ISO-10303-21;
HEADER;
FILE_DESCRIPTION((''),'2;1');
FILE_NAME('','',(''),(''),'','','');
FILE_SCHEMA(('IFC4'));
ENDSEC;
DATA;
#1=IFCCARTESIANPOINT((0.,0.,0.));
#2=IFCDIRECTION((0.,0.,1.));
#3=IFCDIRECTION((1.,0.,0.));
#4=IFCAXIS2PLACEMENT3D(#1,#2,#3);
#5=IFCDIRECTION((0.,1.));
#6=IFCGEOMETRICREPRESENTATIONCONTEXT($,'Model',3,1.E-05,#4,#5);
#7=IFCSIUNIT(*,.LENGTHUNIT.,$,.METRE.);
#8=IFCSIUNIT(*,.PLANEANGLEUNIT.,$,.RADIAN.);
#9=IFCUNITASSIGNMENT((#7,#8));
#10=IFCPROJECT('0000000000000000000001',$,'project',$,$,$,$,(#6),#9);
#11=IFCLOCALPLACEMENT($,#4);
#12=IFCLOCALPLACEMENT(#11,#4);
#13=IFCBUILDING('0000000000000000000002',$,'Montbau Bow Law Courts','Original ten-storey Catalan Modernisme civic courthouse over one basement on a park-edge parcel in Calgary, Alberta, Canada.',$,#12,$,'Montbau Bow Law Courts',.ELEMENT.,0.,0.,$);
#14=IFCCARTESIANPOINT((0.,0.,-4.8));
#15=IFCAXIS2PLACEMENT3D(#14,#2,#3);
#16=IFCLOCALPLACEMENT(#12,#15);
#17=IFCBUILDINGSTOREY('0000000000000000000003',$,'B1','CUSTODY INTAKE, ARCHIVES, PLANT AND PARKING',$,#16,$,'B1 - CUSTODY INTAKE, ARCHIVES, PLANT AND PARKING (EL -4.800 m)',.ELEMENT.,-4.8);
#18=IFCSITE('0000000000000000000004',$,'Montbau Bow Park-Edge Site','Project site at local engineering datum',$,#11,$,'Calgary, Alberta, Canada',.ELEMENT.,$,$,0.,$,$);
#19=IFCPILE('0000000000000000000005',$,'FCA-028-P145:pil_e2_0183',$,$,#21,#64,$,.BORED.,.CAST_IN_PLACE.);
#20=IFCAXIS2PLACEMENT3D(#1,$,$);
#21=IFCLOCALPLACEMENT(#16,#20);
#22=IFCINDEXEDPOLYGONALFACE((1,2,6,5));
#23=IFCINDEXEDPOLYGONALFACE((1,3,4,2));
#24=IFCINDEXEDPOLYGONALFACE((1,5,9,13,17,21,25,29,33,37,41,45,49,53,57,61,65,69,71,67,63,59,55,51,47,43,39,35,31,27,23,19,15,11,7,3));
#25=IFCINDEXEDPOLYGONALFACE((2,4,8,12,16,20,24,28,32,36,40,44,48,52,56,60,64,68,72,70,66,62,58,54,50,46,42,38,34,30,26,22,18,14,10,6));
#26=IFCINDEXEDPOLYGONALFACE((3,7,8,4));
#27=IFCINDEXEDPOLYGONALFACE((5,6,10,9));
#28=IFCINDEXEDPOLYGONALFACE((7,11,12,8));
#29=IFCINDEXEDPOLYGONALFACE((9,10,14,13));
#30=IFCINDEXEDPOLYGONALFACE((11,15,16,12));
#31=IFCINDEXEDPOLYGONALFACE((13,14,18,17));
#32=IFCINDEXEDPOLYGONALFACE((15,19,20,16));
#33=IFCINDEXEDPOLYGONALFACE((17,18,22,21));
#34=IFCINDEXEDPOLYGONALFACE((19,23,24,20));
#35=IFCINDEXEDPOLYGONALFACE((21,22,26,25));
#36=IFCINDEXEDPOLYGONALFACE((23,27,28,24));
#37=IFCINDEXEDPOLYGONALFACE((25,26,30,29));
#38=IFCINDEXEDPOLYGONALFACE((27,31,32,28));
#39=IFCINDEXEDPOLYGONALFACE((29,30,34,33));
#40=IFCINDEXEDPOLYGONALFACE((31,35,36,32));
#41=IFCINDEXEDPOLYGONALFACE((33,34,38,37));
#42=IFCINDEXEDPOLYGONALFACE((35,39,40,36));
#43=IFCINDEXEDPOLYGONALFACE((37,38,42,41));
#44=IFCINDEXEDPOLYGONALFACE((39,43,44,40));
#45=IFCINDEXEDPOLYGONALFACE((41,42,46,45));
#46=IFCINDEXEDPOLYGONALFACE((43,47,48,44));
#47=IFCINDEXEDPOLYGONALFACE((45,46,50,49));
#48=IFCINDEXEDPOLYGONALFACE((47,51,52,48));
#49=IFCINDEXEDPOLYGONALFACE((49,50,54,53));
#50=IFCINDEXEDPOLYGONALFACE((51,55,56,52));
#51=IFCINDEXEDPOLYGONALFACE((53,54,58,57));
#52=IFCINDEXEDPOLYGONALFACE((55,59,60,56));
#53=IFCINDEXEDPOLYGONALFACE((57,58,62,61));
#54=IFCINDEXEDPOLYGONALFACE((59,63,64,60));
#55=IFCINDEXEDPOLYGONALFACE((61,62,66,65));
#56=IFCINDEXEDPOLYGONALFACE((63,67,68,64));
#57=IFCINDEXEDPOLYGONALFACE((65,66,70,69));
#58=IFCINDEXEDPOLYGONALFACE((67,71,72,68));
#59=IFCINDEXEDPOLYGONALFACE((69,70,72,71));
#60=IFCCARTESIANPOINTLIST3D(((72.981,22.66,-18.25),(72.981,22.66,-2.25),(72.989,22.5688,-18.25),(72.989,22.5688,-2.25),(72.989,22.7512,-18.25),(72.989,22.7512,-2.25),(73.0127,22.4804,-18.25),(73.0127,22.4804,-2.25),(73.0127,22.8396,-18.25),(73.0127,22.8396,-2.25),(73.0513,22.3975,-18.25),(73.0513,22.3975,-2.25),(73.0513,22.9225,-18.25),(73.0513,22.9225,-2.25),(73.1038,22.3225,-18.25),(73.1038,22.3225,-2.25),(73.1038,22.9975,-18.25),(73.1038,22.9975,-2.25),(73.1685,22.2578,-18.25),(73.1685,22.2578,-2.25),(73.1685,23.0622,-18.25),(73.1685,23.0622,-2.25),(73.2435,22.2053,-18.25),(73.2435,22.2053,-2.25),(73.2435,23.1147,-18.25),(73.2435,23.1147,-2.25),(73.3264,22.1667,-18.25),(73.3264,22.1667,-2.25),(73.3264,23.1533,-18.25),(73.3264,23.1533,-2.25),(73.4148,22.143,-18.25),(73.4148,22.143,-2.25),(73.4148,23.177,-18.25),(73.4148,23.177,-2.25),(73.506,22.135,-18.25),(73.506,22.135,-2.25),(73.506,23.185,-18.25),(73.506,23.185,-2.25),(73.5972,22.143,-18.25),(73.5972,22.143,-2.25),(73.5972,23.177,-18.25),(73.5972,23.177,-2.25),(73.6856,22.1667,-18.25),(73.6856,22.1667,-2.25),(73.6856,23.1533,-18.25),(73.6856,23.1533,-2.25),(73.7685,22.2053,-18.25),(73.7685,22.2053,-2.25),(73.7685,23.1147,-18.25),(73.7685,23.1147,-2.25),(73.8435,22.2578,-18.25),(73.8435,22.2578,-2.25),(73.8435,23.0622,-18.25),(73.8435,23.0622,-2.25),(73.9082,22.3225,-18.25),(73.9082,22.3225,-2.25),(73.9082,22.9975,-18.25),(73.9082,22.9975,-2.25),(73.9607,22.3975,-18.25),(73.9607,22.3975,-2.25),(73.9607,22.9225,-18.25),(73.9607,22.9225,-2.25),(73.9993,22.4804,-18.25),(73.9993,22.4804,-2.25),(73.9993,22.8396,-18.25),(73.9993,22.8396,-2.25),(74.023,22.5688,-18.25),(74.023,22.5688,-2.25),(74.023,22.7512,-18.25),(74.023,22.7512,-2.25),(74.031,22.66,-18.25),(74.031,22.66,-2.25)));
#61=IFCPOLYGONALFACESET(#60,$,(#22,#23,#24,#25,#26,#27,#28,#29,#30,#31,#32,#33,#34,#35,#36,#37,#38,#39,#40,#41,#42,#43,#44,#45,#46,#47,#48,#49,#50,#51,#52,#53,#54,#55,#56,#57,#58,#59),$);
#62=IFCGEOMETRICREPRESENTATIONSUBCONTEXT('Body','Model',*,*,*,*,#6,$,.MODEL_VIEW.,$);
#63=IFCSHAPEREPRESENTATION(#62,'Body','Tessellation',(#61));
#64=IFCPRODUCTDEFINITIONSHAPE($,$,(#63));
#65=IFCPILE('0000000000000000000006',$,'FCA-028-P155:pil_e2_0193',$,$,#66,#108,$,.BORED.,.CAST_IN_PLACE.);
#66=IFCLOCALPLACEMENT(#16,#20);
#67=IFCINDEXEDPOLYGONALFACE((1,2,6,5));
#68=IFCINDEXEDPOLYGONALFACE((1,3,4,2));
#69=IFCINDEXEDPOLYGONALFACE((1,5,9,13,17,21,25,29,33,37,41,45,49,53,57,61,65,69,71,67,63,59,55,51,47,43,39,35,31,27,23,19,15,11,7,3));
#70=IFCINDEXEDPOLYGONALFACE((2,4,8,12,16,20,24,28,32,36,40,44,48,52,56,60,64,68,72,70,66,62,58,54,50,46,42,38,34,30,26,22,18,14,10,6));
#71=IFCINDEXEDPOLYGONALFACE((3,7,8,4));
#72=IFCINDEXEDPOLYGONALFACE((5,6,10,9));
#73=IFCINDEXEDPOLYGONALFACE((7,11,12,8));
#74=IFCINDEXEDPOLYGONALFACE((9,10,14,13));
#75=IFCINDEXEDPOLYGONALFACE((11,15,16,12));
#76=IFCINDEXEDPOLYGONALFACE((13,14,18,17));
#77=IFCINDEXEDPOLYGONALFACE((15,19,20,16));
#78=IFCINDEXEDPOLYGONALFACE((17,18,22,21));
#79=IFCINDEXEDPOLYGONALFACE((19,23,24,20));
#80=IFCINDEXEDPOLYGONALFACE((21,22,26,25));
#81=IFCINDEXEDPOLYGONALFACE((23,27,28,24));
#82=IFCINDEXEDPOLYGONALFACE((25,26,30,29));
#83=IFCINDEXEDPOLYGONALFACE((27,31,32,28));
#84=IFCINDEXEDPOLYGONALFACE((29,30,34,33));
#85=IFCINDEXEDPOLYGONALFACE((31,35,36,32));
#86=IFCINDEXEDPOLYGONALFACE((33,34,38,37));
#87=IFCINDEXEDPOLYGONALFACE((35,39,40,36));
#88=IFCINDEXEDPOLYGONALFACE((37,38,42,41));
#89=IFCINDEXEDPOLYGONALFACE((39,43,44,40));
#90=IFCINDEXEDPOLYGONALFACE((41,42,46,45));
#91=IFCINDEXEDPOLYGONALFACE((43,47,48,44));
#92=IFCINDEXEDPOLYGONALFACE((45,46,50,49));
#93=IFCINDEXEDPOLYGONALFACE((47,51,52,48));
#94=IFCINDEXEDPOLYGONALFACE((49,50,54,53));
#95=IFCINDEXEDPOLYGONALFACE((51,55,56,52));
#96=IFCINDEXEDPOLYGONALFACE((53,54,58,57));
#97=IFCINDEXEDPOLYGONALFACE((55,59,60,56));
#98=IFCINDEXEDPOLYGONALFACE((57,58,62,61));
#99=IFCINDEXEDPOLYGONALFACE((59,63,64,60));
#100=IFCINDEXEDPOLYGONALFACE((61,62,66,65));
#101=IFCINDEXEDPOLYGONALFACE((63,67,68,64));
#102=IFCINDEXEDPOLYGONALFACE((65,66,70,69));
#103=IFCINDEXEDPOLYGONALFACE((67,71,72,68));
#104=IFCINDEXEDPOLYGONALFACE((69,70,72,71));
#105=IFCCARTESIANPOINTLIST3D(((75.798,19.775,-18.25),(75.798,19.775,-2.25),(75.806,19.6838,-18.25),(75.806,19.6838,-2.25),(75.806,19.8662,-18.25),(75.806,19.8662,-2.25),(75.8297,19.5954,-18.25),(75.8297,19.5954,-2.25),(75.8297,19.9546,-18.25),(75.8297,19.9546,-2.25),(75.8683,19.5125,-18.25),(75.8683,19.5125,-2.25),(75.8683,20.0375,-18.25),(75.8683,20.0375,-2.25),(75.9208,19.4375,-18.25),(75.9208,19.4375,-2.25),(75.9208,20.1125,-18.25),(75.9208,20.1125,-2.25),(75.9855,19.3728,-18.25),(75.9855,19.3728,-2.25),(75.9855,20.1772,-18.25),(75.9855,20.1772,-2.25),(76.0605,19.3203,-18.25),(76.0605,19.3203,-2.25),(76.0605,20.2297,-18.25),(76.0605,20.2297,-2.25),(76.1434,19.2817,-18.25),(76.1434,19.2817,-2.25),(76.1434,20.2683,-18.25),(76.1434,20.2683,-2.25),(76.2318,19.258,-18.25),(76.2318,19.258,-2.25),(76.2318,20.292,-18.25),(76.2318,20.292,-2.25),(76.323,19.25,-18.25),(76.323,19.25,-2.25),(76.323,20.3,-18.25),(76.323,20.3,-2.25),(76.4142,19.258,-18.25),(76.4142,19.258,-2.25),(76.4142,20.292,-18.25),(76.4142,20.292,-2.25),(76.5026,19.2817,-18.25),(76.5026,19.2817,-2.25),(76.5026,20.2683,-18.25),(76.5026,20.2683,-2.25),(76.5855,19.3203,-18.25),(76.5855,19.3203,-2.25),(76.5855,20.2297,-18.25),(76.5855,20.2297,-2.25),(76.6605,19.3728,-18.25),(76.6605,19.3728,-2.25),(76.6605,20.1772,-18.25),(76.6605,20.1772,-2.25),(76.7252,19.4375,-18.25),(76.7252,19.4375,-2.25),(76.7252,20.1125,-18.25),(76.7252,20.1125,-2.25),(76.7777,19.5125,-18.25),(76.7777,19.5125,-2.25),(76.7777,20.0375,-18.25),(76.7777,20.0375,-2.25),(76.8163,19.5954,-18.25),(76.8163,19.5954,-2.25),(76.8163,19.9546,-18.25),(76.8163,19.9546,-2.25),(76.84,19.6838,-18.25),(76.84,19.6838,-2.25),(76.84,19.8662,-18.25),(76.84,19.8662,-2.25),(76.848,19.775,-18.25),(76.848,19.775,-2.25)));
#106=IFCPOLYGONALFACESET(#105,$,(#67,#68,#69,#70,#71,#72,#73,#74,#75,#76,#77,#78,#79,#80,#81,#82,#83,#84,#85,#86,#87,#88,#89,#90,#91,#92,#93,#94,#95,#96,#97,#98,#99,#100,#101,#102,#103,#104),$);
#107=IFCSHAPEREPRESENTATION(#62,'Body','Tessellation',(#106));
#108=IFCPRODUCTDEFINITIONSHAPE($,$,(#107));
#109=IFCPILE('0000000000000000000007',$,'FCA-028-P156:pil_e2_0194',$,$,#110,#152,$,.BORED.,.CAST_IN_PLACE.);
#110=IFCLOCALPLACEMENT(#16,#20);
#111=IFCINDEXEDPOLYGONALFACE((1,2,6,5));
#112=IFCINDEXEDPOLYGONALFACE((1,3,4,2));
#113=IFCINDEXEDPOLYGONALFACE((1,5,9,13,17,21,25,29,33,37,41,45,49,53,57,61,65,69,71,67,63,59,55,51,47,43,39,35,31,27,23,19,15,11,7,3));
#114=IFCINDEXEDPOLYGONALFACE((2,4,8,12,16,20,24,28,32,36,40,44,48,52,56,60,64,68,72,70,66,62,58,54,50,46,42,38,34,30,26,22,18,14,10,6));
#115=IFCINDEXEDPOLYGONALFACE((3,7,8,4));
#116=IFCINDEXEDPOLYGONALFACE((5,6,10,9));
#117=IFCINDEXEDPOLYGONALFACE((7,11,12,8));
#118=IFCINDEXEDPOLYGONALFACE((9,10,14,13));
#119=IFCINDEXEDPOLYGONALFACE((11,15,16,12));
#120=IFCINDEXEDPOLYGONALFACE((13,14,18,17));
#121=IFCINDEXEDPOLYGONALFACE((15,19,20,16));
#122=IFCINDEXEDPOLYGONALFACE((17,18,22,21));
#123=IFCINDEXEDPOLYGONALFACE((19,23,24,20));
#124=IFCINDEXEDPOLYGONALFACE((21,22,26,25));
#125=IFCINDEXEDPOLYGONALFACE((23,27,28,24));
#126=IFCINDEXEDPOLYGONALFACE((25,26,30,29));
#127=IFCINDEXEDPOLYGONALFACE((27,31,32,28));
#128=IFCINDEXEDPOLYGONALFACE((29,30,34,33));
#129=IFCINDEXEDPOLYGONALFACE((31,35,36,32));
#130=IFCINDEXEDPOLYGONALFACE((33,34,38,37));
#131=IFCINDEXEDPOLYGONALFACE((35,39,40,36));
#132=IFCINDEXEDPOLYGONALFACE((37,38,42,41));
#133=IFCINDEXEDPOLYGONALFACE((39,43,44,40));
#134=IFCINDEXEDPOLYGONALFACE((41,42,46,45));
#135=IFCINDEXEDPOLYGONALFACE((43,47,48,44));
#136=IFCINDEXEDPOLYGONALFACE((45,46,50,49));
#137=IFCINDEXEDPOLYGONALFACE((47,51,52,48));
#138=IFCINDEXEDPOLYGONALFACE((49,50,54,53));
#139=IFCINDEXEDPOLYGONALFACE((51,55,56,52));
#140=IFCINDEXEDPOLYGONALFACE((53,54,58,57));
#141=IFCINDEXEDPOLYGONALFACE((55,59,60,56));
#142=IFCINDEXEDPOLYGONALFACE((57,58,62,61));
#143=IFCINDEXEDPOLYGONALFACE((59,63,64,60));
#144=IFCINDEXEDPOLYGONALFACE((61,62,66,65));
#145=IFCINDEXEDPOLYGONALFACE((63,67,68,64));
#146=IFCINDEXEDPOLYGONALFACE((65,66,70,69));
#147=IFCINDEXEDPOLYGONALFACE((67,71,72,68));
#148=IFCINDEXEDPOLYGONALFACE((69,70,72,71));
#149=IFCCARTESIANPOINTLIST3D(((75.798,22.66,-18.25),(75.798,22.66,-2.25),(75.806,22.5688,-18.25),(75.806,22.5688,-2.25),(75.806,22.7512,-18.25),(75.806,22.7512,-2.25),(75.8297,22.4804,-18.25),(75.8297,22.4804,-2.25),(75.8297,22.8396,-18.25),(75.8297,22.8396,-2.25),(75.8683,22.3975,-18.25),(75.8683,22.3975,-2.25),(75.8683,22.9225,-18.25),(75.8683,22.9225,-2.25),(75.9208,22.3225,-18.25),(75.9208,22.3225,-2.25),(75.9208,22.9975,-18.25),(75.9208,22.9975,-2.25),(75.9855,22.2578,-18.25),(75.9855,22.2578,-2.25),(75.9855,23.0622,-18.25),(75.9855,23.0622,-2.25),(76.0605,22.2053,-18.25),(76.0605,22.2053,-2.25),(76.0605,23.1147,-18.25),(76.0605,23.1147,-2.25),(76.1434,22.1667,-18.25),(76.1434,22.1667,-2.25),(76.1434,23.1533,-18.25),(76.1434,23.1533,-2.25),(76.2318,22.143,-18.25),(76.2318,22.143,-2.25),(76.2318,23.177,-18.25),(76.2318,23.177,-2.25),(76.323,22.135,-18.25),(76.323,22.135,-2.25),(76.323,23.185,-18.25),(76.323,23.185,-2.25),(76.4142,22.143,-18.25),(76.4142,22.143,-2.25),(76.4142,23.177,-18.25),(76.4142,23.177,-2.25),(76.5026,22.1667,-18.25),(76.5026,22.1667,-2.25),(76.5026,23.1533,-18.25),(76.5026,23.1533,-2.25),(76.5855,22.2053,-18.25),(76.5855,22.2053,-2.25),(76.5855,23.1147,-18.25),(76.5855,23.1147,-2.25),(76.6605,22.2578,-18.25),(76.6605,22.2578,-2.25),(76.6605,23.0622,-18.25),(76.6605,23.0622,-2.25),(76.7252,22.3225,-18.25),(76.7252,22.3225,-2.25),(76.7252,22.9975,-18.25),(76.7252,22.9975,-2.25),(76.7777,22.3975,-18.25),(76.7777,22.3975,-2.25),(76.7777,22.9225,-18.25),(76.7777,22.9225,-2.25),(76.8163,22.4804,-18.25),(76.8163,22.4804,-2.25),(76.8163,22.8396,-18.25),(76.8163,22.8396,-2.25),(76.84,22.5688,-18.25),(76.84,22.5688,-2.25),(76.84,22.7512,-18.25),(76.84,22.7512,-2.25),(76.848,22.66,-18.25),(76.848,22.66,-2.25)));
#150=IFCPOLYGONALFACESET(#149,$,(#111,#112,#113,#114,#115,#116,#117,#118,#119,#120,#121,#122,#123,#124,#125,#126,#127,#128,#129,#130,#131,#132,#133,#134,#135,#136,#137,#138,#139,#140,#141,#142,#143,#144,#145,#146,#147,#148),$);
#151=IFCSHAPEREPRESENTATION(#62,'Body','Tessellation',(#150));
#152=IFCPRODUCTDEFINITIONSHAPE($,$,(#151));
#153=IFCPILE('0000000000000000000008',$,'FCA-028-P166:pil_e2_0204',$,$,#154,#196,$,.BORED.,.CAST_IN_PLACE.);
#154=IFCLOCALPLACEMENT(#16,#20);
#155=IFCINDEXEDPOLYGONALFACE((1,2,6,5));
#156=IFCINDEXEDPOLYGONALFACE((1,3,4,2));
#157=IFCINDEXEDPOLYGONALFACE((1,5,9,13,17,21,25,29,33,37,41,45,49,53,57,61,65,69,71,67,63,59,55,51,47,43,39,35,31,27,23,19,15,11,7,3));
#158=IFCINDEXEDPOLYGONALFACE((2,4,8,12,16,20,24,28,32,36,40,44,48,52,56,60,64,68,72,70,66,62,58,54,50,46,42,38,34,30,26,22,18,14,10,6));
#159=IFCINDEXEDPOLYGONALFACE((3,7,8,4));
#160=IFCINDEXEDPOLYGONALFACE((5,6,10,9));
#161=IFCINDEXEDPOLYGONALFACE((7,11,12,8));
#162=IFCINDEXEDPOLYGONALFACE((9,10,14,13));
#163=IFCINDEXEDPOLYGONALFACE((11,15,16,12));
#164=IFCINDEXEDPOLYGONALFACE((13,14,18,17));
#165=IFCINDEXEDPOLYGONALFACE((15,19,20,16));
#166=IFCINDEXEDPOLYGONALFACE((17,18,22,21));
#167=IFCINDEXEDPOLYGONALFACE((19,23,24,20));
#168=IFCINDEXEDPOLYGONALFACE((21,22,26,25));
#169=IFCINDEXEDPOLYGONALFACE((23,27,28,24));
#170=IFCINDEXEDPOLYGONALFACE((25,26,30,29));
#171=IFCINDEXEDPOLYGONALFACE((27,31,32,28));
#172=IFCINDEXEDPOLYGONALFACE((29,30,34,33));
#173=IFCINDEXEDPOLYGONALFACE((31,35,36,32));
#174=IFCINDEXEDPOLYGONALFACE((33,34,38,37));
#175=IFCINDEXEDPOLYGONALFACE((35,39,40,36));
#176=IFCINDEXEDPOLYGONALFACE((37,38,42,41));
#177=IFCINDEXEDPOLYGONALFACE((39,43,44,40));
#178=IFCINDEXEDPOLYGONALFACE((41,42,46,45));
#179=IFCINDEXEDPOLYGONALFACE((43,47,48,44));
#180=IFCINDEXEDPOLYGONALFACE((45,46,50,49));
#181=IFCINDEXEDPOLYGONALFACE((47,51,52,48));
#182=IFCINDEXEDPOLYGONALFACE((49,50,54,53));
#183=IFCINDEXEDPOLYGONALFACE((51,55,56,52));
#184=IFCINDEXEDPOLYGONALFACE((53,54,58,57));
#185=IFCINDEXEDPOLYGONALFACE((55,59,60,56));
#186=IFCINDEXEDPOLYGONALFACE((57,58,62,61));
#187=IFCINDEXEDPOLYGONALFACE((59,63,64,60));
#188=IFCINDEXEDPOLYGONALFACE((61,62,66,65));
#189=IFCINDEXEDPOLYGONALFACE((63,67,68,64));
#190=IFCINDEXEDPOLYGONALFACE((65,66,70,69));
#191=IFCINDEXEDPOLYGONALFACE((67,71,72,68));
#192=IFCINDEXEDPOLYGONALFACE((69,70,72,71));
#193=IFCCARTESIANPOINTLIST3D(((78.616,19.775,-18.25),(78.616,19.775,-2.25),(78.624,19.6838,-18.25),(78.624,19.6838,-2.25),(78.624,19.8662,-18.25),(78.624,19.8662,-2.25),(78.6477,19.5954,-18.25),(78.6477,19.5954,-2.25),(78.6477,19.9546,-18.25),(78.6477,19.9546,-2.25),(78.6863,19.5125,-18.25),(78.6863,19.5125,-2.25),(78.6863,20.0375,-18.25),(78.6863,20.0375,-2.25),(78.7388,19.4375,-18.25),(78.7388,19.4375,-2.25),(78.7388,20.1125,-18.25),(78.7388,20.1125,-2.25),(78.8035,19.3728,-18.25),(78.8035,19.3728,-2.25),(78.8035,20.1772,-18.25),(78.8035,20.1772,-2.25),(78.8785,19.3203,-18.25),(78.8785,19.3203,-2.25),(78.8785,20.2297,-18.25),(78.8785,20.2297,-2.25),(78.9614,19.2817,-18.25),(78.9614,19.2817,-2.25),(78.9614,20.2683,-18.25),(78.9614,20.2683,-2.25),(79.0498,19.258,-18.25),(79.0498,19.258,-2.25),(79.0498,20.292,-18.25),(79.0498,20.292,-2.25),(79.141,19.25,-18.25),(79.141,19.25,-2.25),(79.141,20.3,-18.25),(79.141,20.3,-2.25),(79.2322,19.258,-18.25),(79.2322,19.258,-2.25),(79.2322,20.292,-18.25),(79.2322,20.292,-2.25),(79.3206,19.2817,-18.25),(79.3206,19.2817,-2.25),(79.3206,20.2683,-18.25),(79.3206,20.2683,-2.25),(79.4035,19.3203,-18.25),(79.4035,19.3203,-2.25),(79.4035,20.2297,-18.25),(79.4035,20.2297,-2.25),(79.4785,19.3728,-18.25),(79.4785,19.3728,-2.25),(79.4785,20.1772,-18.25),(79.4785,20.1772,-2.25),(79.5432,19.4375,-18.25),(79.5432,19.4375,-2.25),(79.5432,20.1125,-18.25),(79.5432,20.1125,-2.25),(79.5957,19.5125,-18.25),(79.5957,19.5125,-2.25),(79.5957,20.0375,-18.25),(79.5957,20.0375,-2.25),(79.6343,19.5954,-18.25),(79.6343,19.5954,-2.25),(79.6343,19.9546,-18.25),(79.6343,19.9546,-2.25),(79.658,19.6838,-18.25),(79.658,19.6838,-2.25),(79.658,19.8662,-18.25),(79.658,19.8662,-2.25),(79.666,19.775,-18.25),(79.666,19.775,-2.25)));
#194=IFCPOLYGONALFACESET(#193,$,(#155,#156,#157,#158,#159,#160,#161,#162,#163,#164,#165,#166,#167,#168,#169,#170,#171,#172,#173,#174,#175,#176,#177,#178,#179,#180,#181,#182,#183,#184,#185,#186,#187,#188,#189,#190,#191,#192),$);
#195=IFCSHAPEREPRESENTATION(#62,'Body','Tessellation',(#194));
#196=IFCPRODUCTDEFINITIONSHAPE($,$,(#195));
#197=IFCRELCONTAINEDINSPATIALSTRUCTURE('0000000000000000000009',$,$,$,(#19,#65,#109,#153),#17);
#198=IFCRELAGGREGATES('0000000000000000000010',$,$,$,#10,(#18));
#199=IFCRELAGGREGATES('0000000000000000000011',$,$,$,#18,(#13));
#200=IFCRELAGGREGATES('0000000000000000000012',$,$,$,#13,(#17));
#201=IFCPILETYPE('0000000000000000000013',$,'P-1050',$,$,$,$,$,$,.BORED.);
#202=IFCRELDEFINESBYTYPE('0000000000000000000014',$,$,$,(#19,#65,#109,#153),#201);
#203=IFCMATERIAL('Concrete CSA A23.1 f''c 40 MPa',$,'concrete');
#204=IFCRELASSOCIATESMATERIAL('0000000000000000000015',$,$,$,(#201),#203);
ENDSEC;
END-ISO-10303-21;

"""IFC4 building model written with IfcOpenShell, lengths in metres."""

from ifc_helpers import new_model, si_unit, direction, frame, origin_with_axes, origin_2d_with_axis, place, context, subcontext, project, spatial, circle, extrude, material, material_profile, profile_set, type_object, element, save


model = new_model("IFC4")

# Units and contexts
model_context = context("Model", 3, precision=1e-05, world=origin_with_axes(), true_north=direction((0.0, 1.0)))
body_context = subcontext(model_context, "Body", "Model", "MODEL_VIEW")
ifc_project = project(units=[si_unit("LENGTHUNIT", "METRE"), si_unit("PLANEANGLEUNIT", "RADIAN")], contexts=[model_context])

# Site, building, storey
site_placement = place(None, origin_with_axes())
site = spatial("IfcSite", under=ifc_project, at=site_placement, Name="Montbau Bow Park-Edge Site", Description="Project site at local engineering datum", LongName="Calgary, Alberta, Canada", CompositionType="ELEMENT", RefElevation=0.0)
building_placement = place(site_placement, origin_with_axes())
building = spatial("IfcBuilding", under=site, at=building_placement, Name="Montbau Bow Law Courts", Description="Original ten-storey Catalan Modernisme civic courthouse over one basement on a park-edge parcel in Calgary, Alberta, Canada.", LongName="Montbau Bow Law Courts", CompositionType="ELEMENT", ElevationOfRefHeight=0.0, ElevationOfTerrain=0.0)
storey_placement = place(building_placement, frame((0.0, 0.0, -4.8), z_axis=(0.0, 0.0, 1.0), x_axis=(1.0, 0.0, 0.0)))
storey = spatial("IfcBuildingStorey", under=building, at=storey_placement, Name="B1", Description="CUSTODY INTAKE, ARCHIVES, PLANT AND PARKING", LongName="B1 - CUSTODY INTAKE, ARCHIVES, PLANT AND PARKING (EL -4.800 m)", CompositionType="ELEMENT", Elevation=-4.8)

# Piles
ifc_material_1 = material(Name="Concrete CSA A23.1 f'c 40 MPa", Category="concrete")
ifc_material_profile_1 = material_profile(ifc_material_1, circle(Radius=0.525, at=origin_2d_with_axis()), Name="BP1050", Category="Main", Priority=0)
ifc_profile_set_1 = profile_set([ifc_material_profile_1], Name="Concrete CSA A23.1 f'c 40 MPa")
pile_type_1 = type_object("IfcPileType", Name="P-1050", PredefinedType="BORED", material=ifc_profile_set_1)
for number, where, z_axis, x_axis, name in (
    (1, (73.506, 22.66, -23.05), (0.0, 0.0, 1.0), (1.0, 0.0, 0.0), "FCA-028-P145:pil_e2_0183"),
    (2, (76.323, 19.775, -23.05), (0.0, 0.0, 1.0), (1.0, 0.0, 0.0), "FCA-028-P155:pil_e2_0193"),
    (3, (76.323, 22.66, -23.05), (0.0, 0.0, 1.0), (1.0, 0.0, 0.0), "FCA-028-P156:pil_e2_0194"),
    (4, (79.141, 19.775, -23.05), (0.0, 0.0, 1.0), (1.0, 0.0, 0.0), "FCA-028-P166:pil_e2_0204"),
):
    element("IfcPile", number, at=place(None, frame(where, z_axis=z_axis, x_axis=x_axis)), inside=storey, type_object=pile_type_1, Name=name, ConstructionType="CAST_IN_PLACE", PredefinedType="BORED", context=body_context, shape_type="SweptSolid", body=[
        extrude(circle(Radius=0.525, at=origin_2d_with_axis()), origin_with_axes(), (0.0, 0.0, 1.0), 16.0),
    ])

save(model, "model.ifc")
